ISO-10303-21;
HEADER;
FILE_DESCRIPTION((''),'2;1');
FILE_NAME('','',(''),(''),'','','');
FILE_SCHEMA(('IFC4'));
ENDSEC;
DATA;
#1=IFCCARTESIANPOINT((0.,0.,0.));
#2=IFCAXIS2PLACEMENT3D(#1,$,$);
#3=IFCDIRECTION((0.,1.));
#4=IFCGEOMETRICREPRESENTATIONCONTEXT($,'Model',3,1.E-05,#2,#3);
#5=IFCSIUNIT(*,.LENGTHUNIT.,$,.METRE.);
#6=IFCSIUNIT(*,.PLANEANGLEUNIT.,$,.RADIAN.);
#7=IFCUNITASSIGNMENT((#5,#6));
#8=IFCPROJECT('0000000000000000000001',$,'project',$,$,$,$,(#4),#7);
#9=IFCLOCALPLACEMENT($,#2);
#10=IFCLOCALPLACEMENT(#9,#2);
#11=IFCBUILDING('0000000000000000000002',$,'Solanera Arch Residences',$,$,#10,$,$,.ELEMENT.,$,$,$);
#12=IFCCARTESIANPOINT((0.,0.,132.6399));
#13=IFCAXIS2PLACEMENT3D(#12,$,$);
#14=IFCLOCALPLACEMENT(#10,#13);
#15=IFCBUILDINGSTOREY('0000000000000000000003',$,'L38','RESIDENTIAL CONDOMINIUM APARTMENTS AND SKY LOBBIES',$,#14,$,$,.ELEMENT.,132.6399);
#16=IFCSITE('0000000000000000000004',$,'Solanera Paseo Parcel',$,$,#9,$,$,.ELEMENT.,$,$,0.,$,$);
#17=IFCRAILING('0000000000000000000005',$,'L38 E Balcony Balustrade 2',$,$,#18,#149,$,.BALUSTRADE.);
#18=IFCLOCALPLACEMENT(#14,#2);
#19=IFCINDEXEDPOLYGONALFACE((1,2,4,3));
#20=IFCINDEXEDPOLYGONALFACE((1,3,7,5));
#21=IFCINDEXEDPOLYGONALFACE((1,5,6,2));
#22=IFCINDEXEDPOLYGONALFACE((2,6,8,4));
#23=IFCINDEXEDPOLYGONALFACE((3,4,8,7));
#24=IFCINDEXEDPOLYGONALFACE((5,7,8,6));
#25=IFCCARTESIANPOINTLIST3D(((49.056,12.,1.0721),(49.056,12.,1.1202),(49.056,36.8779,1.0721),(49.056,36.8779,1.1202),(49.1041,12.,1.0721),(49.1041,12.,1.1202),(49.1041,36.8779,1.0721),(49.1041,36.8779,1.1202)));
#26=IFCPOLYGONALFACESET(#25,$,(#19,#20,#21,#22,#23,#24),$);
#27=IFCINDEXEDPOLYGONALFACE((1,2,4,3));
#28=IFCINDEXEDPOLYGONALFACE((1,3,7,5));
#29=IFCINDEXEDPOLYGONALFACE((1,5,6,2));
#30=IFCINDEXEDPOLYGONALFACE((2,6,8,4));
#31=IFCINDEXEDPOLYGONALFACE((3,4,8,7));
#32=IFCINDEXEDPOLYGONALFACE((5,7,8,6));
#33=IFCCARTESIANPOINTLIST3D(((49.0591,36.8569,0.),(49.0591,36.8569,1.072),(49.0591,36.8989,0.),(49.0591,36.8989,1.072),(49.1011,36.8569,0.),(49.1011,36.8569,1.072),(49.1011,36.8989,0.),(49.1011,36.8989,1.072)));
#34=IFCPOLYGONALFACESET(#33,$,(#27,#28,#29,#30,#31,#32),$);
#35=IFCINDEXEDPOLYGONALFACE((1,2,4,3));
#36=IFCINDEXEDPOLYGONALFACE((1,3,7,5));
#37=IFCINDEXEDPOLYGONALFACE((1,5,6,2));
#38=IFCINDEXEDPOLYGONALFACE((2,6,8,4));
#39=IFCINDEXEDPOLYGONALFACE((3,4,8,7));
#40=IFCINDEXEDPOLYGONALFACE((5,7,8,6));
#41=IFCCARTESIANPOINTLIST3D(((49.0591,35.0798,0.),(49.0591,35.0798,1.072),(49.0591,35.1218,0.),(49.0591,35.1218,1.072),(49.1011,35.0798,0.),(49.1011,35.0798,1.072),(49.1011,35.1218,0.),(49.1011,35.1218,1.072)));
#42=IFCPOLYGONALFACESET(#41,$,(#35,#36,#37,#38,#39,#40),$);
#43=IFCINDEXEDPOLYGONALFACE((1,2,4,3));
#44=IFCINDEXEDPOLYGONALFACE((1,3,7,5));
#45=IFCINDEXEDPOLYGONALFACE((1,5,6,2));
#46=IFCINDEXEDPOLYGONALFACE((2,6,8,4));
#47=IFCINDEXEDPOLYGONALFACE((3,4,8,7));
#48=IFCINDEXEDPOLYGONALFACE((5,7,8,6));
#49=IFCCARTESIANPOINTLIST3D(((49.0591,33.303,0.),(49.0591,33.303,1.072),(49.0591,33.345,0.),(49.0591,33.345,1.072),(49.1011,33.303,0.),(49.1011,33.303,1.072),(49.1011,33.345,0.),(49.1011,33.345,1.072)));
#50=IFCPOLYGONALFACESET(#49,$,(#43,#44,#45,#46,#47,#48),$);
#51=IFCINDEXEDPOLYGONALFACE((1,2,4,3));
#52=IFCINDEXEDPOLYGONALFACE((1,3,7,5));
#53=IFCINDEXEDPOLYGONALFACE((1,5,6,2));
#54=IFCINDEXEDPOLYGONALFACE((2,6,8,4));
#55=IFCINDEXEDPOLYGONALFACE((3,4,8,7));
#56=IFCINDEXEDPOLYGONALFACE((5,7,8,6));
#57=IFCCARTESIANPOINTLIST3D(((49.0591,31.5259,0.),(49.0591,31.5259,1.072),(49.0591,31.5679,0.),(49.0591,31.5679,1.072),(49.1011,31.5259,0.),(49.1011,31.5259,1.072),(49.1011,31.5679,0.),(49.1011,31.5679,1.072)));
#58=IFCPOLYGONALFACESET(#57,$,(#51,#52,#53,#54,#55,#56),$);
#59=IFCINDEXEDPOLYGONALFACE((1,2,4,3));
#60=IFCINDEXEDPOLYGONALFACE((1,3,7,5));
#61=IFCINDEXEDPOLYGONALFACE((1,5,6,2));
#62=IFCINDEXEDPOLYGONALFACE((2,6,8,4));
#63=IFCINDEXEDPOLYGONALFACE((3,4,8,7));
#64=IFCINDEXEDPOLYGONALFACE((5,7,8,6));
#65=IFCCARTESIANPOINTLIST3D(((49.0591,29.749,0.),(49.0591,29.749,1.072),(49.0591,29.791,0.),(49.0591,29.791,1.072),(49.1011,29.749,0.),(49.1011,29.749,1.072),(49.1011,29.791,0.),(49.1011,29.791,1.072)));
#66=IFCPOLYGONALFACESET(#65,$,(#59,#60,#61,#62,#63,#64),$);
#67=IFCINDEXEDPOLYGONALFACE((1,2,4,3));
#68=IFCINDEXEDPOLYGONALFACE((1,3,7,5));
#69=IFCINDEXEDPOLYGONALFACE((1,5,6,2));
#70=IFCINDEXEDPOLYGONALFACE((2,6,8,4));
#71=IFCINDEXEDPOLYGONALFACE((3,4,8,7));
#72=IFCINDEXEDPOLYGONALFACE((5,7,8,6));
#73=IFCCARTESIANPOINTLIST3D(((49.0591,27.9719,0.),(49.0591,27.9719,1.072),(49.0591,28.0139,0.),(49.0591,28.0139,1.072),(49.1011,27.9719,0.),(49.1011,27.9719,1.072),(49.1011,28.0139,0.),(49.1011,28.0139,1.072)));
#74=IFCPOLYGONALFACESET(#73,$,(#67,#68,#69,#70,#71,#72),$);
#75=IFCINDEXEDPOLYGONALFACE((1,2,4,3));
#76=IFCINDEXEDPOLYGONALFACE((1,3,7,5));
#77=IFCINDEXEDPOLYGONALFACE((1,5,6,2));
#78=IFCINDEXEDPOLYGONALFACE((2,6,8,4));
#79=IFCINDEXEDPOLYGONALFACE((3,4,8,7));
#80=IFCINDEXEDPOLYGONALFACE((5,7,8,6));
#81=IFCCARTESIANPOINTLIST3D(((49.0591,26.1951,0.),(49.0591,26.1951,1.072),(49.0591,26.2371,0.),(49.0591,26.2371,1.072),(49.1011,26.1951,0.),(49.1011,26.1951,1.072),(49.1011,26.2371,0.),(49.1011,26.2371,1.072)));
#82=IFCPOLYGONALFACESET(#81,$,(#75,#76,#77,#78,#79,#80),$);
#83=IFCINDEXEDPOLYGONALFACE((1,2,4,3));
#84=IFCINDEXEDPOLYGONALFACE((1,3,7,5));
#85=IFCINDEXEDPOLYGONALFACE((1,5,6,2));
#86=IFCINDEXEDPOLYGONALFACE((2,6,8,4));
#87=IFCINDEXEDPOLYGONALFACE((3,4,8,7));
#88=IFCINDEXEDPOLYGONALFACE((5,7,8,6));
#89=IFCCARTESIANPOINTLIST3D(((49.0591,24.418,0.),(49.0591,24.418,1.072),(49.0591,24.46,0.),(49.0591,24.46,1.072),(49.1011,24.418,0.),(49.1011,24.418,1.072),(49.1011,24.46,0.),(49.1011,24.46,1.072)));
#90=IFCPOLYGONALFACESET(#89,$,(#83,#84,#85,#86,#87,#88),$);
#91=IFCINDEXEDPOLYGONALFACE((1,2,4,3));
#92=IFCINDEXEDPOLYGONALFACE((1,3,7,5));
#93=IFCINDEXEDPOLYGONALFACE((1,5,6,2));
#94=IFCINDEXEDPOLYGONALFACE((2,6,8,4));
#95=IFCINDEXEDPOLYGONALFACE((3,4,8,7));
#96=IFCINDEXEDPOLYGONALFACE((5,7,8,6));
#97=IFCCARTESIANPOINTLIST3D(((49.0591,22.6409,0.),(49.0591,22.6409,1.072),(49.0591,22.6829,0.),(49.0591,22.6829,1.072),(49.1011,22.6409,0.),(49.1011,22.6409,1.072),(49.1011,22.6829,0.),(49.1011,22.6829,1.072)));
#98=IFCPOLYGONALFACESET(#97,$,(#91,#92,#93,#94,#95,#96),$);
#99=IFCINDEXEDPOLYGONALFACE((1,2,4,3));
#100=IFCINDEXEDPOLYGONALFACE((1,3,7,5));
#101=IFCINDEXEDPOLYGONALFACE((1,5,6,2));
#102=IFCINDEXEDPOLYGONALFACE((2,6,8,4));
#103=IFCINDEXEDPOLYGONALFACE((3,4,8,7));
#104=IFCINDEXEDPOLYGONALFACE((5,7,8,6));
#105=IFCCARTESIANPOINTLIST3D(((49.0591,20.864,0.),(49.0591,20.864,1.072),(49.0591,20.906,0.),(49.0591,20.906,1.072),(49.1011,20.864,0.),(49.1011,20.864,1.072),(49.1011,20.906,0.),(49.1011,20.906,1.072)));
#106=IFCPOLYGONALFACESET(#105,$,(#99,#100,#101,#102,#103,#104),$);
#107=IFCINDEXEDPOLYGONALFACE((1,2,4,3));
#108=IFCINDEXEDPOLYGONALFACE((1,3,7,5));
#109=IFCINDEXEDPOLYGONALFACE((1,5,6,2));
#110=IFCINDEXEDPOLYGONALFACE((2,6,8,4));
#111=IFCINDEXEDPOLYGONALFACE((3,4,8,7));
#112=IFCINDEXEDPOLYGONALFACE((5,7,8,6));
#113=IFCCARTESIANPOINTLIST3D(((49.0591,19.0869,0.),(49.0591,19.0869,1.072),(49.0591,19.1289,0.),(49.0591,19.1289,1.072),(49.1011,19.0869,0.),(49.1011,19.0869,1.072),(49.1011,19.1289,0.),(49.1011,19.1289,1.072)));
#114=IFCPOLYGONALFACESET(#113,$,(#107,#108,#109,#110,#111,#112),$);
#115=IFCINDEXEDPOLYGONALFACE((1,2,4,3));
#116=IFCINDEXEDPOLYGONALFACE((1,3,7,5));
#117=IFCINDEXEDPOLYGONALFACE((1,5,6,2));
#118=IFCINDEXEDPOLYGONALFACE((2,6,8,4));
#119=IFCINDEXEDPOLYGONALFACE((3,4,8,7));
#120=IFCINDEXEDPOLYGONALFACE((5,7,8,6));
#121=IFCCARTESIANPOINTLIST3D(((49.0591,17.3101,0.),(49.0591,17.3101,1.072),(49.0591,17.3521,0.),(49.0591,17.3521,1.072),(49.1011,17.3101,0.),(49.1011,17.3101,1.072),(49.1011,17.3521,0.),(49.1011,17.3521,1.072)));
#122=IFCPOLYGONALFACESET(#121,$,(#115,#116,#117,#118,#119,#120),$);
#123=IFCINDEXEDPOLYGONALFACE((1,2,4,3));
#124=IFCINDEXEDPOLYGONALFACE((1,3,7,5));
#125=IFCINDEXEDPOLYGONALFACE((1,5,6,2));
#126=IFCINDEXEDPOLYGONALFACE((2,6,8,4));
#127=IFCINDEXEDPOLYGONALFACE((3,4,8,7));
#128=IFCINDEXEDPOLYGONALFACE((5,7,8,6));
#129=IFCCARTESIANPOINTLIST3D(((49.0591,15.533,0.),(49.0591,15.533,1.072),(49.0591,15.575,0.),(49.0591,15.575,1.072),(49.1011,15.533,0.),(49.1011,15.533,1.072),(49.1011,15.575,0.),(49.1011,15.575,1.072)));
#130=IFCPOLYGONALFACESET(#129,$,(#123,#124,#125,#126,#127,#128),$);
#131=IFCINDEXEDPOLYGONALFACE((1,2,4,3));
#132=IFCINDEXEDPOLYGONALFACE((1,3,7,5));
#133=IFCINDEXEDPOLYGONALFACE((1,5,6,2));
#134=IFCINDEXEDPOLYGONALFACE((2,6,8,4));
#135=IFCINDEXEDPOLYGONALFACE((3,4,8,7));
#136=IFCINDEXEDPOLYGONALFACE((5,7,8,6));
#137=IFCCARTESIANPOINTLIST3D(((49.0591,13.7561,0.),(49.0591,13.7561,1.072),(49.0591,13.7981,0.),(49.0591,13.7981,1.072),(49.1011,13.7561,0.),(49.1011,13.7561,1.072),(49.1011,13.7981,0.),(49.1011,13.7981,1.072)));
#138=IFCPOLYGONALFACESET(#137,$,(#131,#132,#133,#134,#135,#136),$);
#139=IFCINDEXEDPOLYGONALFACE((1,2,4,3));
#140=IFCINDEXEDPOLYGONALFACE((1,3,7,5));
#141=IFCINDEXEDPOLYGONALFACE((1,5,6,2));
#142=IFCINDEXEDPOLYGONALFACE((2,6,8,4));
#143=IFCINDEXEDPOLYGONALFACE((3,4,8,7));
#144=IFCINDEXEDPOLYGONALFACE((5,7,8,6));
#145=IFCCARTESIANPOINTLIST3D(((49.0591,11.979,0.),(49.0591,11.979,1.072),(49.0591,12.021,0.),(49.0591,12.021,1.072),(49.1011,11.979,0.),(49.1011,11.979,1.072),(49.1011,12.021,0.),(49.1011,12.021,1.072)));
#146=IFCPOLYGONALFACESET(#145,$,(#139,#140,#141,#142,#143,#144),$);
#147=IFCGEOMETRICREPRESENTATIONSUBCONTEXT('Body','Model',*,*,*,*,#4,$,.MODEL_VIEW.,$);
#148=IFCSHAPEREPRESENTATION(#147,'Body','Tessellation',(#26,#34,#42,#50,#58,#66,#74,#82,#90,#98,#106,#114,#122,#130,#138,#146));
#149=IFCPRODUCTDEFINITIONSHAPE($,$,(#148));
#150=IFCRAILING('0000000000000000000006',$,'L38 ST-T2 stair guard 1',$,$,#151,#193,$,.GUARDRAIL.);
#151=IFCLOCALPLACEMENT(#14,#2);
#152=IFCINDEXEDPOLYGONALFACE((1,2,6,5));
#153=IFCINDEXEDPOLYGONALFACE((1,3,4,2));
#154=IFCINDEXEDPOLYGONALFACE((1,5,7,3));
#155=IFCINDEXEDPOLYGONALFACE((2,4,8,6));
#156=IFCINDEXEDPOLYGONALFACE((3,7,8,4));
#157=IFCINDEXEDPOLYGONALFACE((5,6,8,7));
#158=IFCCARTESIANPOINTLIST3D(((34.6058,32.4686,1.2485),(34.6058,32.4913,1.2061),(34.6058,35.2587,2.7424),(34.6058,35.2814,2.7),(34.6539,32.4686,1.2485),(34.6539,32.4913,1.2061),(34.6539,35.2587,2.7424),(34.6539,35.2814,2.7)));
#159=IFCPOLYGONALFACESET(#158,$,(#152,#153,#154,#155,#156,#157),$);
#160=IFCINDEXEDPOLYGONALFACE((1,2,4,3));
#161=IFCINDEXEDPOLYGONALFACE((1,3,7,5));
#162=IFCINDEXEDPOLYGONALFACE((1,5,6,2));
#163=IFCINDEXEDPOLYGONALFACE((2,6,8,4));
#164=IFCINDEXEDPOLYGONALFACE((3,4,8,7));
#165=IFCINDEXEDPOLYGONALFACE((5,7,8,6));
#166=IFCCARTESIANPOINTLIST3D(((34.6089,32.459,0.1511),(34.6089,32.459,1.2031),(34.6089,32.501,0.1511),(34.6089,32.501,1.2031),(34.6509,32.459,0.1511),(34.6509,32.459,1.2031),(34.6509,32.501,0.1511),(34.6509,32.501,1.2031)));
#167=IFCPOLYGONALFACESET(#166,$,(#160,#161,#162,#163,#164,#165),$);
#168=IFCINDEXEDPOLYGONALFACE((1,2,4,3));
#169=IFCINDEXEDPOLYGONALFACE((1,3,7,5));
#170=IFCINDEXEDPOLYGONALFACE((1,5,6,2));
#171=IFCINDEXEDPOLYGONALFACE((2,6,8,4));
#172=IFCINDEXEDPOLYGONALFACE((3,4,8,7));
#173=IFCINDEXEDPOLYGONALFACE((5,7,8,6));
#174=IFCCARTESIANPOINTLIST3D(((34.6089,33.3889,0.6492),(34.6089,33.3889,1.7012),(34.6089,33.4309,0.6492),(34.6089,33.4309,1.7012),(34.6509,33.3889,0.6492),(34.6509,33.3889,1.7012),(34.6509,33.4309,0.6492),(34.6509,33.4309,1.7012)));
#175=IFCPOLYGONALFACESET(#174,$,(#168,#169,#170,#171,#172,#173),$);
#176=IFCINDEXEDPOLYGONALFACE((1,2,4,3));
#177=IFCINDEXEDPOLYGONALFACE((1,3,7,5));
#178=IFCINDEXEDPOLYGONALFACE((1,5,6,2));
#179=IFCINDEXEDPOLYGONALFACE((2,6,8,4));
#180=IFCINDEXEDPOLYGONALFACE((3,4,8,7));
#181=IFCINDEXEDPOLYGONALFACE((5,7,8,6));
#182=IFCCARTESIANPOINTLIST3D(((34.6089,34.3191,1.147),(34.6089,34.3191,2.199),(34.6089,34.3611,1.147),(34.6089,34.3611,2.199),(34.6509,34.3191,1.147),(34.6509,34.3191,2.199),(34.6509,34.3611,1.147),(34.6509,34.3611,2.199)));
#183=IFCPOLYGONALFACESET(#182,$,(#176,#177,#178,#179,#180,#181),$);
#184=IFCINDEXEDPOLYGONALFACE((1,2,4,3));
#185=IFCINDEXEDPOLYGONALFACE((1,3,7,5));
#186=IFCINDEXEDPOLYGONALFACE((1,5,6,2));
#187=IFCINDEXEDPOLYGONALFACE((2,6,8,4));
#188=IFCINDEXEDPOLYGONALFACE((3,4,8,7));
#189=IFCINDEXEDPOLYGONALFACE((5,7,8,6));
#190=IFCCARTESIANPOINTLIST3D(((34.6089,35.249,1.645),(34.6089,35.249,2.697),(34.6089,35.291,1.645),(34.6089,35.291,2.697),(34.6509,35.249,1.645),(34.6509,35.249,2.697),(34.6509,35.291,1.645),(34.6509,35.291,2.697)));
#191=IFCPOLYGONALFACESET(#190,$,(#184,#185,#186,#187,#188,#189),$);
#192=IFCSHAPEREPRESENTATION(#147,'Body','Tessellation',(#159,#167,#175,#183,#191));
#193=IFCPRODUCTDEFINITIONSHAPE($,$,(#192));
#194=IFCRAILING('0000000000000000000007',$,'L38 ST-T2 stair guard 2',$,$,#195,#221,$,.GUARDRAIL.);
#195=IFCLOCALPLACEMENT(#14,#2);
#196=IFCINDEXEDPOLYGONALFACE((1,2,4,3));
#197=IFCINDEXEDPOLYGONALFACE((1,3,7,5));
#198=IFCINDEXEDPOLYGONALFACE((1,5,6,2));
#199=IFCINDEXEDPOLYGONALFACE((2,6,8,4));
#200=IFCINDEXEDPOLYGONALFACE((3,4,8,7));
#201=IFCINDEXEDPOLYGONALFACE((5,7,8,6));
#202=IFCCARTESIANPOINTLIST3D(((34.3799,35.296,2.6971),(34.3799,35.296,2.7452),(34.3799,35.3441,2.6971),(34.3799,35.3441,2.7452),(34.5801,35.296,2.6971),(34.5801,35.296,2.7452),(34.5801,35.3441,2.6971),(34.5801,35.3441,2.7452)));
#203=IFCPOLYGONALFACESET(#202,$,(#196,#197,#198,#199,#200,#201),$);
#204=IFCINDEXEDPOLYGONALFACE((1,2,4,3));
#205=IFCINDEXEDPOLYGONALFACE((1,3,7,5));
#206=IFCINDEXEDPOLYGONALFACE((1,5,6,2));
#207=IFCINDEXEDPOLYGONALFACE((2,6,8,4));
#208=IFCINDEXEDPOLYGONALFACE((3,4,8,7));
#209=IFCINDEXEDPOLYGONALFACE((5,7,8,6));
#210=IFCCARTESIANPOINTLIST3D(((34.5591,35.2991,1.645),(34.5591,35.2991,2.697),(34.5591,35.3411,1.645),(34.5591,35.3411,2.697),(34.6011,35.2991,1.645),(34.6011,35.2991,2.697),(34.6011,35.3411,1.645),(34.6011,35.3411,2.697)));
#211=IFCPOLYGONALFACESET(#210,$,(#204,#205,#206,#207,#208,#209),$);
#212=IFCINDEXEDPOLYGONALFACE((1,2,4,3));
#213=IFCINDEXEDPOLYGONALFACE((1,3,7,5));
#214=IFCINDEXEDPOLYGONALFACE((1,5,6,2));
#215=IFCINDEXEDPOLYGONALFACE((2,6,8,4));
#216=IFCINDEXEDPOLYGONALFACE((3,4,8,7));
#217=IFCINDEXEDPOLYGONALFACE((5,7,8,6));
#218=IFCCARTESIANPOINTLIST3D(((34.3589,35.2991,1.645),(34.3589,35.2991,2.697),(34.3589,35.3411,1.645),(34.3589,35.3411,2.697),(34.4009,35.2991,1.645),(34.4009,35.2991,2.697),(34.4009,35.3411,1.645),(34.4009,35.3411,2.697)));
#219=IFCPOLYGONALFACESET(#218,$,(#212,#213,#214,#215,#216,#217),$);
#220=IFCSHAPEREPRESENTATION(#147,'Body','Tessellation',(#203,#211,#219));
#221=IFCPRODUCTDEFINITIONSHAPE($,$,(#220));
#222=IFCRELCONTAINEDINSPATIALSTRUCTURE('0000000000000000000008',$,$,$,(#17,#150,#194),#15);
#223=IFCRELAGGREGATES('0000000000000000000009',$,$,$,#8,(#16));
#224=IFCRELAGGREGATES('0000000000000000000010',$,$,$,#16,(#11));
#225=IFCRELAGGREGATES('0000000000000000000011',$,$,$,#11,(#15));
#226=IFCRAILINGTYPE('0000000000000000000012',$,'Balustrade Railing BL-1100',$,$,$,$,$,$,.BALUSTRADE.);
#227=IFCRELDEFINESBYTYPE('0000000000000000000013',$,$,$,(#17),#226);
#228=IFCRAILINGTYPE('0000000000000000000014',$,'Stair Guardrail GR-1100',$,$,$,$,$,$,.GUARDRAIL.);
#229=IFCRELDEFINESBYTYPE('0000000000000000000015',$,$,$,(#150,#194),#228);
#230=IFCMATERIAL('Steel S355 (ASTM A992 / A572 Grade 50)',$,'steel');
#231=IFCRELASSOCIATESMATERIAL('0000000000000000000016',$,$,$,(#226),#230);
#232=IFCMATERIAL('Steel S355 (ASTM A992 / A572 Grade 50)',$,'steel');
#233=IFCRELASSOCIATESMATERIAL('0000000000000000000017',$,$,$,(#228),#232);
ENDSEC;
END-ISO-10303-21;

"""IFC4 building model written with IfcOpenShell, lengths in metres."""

from ifc_helpers import new_model, si_unit, direction, frame, origin, origin_2d, place, context, subcontext, project, spatial, rectangle, extrude, material, type_object, element, save


model = new_model("IFC4")

# Units and contexts
model_context = context("Model", 3, precision=1e-05, world=origin(), true_north=direction((0.0, 1.0)))
body_context = subcontext(model_context, "Body", "Model", "MODEL_VIEW")
ifc_project = project(units=[si_unit("LENGTHUNIT", "METRE"), si_unit("PLANEANGLEUNIT", "RADIAN")], contexts=[model_context])

# Site, building, storey
site_placement = place(None, origin())
site = spatial("IfcSite", under=ifc_project, at=site_placement, Name="Solanera Paseo Parcel", CompositionType="ELEMENT", RefElevation=0.0)
building_placement = place(site_placement, origin())
building = spatial("IfcBuilding", under=site, at=building_placement, Name="Solanera Arch Residences", CompositionType="ELEMENT")
storey_placement = place(building_placement, frame((0.0, 0.0, 132.6399)))
storey = spatial("IfcBuildingStorey", under=building, at=storey_placement, Name="L38", Description="RESIDENTIAL CONDOMINIUM APARTMENTS AND SKY LOBBIES", CompositionType="ELEMENT", Elevation=132.6399)

# Railings
ifc_material_1 = material(Name="Steel S355 (ASTM A992 / A572 Grade 50)", Category="steel")
railing_type_1 = type_object("IfcRailingType", Name="Balustrade Railing BL-1100", PredefinedType="BALUSTRADE", material=ifc_material_1)
railing_1_placement = place(storey_placement, frame((49.0801, 36.8779, 0.0)))
element("IfcRailing", 1, at=railing_1_placement, inside=storey, type_object=railing_type_1, Name="L38 E Balcony Balustrade 2", PredefinedType="BALUSTRADE", context=body_context, shape_type="SweptSolid", body=[
    extrude(rectangle(XDim=0.0481, YDim=0.0481, at=origin_2d()), frame((0.0, 0.0, 1.0962), z_axis=(0.0, -1.0, 0.0), x_axis=(1.0, 0.0, 0.0)), (0.0, 0.0, 1.0), 24.8779),
    extrude(rectangle(XDim=0.042, YDim=0.042, at=origin_2d()), origin(), (0.0, 0.0, 1.0), 1.072),
    extrude(rectangle(XDim=0.042, YDim=0.042, at=origin_2d()), frame((0.0, -1.7771, 0.0)), (0.0, 0.0, 1.0), 1.072),
    extrude(rectangle(XDim=0.042, YDim=0.042, at=origin_2d()), frame((0.0, -3.554, 0.0)), (0.0, 0.0, 1.0), 1.072),
    extrude(rectangle(XDim=0.042, YDim=0.042, at=origin_2d()), frame((0.0, -5.3311, 0.0)), (0.0, 0.0, 1.0), 1.072),
    extrude(rectangle(XDim=0.042, YDim=0.042, at=origin_2d()), frame((0.0, -7.1079, 0.0)), (0.0, 0.0, 1.0), 1.072),
    extrude(rectangle(XDim=0.042, YDim=0.042, at=origin_2d()), frame((0.0, -8.885, 0.0)), (0.0, 0.0, 1.0), 1.072),
    extrude(rectangle(XDim=0.042, YDim=0.042, at=origin_2d()), frame((0.0, -10.6619, 0.0)), (0.0, 0.0, 1.0), 1.072),
    extrude(rectangle(XDim=0.042, YDim=0.042, at=origin_2d()), frame((0.0, -12.439, 0.0)), (0.0, 0.0, 1.0), 1.072),
    extrude(rectangle(XDim=0.042, YDim=0.042, at=origin_2d()), frame((0.0, -14.2161, 0.0)), (0.0, 0.0, 1.0), 1.072),
    extrude(rectangle(XDim=0.042, YDim=0.042, at=origin_2d()), frame((0.0, -15.9929, 0.0)), (0.0, 0.0, 1.0), 1.072),
    extrude(rectangle(XDim=0.042, YDim=0.042, at=origin_2d()), frame((0.0, -17.77, 0.0)), (0.0, 0.0, 1.0), 1.072),
    extrude(rectangle(XDim=0.042, YDim=0.042, at=origin_2d()), frame((0.0, -19.5469, 0.0)), (0.0, 0.0, 1.0), 1.072),
    extrude(rectangle(XDim=0.042, YDim=0.042, at=origin_2d()), frame((0.0, -21.324, 0.0)), (0.0, 0.0, 1.0), 1.072),
    extrude(rectangle(XDim=0.042, YDim=0.042, at=origin_2d()), frame((0.0, -23.1008, 0.0)), (0.0, 0.0, 1.0), 1.072),
    extrude(rectangle(XDim=0.042, YDim=0.042, at=origin_2d()), frame((0.0, -24.8779, 0.0)), (0.0, 0.0, 1.0), 1.072),
])
ifc_material_2 = material(Name="Steel S355 (ASTM A992 / A572 Grade 50)", Category="steel")
railing_type_2 = type_object("IfcRailingType", Name="Stair Guardrail GR-1100", PredefinedType="GUARDRAIL", material=ifc_material_2)
railing_2_placement = place(storey_placement, frame((34.6299, 32.48, 0.1511)))
element("IfcRailing", 2, at=railing_2_placement, inside=storey, type_object=railing_type_2, Name="L38 ST-T2 stair guard 1", PredefinedType="GUARDRAIL", context=body_context, shape_type="SweptSolid", body=[
    extrude(rectangle(XDim=0.0481, YDim=0.0481, at=origin_2d()), frame((0.0, 0.0, 1.0762), z_axis=(0.0, 0.881581, 0.472033), x_axis=(-1.0, 0.0, 0.0)), (0.0, 0.0, 1.0), 3.1648),
    extrude(rectangle(XDim=0.042, YDim=0.042, at=origin_2d()), origin(), (0.0, 0.0, 1.0), 1.052),
    extrude(rectangle(XDim=0.042, YDim=0.042, at=origin_2d()), frame((0.0, 0.9299, 0.498)), (0.0, 0.0, 1.0), 1.052),
    extrude(rectangle(XDim=0.042, YDim=0.042, at=origin_2d()), frame((0.0, 1.8601, 0.9958)), (0.0, 0.0, 1.0), 1.052),
    extrude(rectangle(XDim=0.042, YDim=0.042, at=origin_2d()), frame((0.0, 2.79, 1.4939)), (0.0, 0.0, 1.0), 1.052),
])
for number, where, name in (
    (3, (34.5801, 35.3201, 1.645), "L38 ST-T2 stair guard 2"),
):
    element("IfcRailing", number, at=place(storey_placement, frame(where)), inside=storey, type_object=railing_type_2, Name=name, PredefinedType="GUARDRAIL", context=body_context, shape_type="SweptSolid", body=[
        extrude(rectangle(XDim=0.0481, YDim=0.0481, at=origin_2d()), frame((0.0, 0.0, 1.0762), z_axis=(-1.0, 0.0, 0.0), x_axis=(0.0, -1.0, 0.0)), (0.0, 0.0, 1.0), 0.2002),
        extrude(rectangle(XDim=0.042, YDim=0.042, at=origin_2d()), origin(), (0.0, 0.0, 1.0), 1.052),
        extrude(rectangle(XDim=0.042, YDim=0.042, at=origin_2d()), frame((-0.2002, 0.0, 0.0)), (0.0, 0.0, 1.0), 1.052),
    ])

save(model, "model.ifc")
